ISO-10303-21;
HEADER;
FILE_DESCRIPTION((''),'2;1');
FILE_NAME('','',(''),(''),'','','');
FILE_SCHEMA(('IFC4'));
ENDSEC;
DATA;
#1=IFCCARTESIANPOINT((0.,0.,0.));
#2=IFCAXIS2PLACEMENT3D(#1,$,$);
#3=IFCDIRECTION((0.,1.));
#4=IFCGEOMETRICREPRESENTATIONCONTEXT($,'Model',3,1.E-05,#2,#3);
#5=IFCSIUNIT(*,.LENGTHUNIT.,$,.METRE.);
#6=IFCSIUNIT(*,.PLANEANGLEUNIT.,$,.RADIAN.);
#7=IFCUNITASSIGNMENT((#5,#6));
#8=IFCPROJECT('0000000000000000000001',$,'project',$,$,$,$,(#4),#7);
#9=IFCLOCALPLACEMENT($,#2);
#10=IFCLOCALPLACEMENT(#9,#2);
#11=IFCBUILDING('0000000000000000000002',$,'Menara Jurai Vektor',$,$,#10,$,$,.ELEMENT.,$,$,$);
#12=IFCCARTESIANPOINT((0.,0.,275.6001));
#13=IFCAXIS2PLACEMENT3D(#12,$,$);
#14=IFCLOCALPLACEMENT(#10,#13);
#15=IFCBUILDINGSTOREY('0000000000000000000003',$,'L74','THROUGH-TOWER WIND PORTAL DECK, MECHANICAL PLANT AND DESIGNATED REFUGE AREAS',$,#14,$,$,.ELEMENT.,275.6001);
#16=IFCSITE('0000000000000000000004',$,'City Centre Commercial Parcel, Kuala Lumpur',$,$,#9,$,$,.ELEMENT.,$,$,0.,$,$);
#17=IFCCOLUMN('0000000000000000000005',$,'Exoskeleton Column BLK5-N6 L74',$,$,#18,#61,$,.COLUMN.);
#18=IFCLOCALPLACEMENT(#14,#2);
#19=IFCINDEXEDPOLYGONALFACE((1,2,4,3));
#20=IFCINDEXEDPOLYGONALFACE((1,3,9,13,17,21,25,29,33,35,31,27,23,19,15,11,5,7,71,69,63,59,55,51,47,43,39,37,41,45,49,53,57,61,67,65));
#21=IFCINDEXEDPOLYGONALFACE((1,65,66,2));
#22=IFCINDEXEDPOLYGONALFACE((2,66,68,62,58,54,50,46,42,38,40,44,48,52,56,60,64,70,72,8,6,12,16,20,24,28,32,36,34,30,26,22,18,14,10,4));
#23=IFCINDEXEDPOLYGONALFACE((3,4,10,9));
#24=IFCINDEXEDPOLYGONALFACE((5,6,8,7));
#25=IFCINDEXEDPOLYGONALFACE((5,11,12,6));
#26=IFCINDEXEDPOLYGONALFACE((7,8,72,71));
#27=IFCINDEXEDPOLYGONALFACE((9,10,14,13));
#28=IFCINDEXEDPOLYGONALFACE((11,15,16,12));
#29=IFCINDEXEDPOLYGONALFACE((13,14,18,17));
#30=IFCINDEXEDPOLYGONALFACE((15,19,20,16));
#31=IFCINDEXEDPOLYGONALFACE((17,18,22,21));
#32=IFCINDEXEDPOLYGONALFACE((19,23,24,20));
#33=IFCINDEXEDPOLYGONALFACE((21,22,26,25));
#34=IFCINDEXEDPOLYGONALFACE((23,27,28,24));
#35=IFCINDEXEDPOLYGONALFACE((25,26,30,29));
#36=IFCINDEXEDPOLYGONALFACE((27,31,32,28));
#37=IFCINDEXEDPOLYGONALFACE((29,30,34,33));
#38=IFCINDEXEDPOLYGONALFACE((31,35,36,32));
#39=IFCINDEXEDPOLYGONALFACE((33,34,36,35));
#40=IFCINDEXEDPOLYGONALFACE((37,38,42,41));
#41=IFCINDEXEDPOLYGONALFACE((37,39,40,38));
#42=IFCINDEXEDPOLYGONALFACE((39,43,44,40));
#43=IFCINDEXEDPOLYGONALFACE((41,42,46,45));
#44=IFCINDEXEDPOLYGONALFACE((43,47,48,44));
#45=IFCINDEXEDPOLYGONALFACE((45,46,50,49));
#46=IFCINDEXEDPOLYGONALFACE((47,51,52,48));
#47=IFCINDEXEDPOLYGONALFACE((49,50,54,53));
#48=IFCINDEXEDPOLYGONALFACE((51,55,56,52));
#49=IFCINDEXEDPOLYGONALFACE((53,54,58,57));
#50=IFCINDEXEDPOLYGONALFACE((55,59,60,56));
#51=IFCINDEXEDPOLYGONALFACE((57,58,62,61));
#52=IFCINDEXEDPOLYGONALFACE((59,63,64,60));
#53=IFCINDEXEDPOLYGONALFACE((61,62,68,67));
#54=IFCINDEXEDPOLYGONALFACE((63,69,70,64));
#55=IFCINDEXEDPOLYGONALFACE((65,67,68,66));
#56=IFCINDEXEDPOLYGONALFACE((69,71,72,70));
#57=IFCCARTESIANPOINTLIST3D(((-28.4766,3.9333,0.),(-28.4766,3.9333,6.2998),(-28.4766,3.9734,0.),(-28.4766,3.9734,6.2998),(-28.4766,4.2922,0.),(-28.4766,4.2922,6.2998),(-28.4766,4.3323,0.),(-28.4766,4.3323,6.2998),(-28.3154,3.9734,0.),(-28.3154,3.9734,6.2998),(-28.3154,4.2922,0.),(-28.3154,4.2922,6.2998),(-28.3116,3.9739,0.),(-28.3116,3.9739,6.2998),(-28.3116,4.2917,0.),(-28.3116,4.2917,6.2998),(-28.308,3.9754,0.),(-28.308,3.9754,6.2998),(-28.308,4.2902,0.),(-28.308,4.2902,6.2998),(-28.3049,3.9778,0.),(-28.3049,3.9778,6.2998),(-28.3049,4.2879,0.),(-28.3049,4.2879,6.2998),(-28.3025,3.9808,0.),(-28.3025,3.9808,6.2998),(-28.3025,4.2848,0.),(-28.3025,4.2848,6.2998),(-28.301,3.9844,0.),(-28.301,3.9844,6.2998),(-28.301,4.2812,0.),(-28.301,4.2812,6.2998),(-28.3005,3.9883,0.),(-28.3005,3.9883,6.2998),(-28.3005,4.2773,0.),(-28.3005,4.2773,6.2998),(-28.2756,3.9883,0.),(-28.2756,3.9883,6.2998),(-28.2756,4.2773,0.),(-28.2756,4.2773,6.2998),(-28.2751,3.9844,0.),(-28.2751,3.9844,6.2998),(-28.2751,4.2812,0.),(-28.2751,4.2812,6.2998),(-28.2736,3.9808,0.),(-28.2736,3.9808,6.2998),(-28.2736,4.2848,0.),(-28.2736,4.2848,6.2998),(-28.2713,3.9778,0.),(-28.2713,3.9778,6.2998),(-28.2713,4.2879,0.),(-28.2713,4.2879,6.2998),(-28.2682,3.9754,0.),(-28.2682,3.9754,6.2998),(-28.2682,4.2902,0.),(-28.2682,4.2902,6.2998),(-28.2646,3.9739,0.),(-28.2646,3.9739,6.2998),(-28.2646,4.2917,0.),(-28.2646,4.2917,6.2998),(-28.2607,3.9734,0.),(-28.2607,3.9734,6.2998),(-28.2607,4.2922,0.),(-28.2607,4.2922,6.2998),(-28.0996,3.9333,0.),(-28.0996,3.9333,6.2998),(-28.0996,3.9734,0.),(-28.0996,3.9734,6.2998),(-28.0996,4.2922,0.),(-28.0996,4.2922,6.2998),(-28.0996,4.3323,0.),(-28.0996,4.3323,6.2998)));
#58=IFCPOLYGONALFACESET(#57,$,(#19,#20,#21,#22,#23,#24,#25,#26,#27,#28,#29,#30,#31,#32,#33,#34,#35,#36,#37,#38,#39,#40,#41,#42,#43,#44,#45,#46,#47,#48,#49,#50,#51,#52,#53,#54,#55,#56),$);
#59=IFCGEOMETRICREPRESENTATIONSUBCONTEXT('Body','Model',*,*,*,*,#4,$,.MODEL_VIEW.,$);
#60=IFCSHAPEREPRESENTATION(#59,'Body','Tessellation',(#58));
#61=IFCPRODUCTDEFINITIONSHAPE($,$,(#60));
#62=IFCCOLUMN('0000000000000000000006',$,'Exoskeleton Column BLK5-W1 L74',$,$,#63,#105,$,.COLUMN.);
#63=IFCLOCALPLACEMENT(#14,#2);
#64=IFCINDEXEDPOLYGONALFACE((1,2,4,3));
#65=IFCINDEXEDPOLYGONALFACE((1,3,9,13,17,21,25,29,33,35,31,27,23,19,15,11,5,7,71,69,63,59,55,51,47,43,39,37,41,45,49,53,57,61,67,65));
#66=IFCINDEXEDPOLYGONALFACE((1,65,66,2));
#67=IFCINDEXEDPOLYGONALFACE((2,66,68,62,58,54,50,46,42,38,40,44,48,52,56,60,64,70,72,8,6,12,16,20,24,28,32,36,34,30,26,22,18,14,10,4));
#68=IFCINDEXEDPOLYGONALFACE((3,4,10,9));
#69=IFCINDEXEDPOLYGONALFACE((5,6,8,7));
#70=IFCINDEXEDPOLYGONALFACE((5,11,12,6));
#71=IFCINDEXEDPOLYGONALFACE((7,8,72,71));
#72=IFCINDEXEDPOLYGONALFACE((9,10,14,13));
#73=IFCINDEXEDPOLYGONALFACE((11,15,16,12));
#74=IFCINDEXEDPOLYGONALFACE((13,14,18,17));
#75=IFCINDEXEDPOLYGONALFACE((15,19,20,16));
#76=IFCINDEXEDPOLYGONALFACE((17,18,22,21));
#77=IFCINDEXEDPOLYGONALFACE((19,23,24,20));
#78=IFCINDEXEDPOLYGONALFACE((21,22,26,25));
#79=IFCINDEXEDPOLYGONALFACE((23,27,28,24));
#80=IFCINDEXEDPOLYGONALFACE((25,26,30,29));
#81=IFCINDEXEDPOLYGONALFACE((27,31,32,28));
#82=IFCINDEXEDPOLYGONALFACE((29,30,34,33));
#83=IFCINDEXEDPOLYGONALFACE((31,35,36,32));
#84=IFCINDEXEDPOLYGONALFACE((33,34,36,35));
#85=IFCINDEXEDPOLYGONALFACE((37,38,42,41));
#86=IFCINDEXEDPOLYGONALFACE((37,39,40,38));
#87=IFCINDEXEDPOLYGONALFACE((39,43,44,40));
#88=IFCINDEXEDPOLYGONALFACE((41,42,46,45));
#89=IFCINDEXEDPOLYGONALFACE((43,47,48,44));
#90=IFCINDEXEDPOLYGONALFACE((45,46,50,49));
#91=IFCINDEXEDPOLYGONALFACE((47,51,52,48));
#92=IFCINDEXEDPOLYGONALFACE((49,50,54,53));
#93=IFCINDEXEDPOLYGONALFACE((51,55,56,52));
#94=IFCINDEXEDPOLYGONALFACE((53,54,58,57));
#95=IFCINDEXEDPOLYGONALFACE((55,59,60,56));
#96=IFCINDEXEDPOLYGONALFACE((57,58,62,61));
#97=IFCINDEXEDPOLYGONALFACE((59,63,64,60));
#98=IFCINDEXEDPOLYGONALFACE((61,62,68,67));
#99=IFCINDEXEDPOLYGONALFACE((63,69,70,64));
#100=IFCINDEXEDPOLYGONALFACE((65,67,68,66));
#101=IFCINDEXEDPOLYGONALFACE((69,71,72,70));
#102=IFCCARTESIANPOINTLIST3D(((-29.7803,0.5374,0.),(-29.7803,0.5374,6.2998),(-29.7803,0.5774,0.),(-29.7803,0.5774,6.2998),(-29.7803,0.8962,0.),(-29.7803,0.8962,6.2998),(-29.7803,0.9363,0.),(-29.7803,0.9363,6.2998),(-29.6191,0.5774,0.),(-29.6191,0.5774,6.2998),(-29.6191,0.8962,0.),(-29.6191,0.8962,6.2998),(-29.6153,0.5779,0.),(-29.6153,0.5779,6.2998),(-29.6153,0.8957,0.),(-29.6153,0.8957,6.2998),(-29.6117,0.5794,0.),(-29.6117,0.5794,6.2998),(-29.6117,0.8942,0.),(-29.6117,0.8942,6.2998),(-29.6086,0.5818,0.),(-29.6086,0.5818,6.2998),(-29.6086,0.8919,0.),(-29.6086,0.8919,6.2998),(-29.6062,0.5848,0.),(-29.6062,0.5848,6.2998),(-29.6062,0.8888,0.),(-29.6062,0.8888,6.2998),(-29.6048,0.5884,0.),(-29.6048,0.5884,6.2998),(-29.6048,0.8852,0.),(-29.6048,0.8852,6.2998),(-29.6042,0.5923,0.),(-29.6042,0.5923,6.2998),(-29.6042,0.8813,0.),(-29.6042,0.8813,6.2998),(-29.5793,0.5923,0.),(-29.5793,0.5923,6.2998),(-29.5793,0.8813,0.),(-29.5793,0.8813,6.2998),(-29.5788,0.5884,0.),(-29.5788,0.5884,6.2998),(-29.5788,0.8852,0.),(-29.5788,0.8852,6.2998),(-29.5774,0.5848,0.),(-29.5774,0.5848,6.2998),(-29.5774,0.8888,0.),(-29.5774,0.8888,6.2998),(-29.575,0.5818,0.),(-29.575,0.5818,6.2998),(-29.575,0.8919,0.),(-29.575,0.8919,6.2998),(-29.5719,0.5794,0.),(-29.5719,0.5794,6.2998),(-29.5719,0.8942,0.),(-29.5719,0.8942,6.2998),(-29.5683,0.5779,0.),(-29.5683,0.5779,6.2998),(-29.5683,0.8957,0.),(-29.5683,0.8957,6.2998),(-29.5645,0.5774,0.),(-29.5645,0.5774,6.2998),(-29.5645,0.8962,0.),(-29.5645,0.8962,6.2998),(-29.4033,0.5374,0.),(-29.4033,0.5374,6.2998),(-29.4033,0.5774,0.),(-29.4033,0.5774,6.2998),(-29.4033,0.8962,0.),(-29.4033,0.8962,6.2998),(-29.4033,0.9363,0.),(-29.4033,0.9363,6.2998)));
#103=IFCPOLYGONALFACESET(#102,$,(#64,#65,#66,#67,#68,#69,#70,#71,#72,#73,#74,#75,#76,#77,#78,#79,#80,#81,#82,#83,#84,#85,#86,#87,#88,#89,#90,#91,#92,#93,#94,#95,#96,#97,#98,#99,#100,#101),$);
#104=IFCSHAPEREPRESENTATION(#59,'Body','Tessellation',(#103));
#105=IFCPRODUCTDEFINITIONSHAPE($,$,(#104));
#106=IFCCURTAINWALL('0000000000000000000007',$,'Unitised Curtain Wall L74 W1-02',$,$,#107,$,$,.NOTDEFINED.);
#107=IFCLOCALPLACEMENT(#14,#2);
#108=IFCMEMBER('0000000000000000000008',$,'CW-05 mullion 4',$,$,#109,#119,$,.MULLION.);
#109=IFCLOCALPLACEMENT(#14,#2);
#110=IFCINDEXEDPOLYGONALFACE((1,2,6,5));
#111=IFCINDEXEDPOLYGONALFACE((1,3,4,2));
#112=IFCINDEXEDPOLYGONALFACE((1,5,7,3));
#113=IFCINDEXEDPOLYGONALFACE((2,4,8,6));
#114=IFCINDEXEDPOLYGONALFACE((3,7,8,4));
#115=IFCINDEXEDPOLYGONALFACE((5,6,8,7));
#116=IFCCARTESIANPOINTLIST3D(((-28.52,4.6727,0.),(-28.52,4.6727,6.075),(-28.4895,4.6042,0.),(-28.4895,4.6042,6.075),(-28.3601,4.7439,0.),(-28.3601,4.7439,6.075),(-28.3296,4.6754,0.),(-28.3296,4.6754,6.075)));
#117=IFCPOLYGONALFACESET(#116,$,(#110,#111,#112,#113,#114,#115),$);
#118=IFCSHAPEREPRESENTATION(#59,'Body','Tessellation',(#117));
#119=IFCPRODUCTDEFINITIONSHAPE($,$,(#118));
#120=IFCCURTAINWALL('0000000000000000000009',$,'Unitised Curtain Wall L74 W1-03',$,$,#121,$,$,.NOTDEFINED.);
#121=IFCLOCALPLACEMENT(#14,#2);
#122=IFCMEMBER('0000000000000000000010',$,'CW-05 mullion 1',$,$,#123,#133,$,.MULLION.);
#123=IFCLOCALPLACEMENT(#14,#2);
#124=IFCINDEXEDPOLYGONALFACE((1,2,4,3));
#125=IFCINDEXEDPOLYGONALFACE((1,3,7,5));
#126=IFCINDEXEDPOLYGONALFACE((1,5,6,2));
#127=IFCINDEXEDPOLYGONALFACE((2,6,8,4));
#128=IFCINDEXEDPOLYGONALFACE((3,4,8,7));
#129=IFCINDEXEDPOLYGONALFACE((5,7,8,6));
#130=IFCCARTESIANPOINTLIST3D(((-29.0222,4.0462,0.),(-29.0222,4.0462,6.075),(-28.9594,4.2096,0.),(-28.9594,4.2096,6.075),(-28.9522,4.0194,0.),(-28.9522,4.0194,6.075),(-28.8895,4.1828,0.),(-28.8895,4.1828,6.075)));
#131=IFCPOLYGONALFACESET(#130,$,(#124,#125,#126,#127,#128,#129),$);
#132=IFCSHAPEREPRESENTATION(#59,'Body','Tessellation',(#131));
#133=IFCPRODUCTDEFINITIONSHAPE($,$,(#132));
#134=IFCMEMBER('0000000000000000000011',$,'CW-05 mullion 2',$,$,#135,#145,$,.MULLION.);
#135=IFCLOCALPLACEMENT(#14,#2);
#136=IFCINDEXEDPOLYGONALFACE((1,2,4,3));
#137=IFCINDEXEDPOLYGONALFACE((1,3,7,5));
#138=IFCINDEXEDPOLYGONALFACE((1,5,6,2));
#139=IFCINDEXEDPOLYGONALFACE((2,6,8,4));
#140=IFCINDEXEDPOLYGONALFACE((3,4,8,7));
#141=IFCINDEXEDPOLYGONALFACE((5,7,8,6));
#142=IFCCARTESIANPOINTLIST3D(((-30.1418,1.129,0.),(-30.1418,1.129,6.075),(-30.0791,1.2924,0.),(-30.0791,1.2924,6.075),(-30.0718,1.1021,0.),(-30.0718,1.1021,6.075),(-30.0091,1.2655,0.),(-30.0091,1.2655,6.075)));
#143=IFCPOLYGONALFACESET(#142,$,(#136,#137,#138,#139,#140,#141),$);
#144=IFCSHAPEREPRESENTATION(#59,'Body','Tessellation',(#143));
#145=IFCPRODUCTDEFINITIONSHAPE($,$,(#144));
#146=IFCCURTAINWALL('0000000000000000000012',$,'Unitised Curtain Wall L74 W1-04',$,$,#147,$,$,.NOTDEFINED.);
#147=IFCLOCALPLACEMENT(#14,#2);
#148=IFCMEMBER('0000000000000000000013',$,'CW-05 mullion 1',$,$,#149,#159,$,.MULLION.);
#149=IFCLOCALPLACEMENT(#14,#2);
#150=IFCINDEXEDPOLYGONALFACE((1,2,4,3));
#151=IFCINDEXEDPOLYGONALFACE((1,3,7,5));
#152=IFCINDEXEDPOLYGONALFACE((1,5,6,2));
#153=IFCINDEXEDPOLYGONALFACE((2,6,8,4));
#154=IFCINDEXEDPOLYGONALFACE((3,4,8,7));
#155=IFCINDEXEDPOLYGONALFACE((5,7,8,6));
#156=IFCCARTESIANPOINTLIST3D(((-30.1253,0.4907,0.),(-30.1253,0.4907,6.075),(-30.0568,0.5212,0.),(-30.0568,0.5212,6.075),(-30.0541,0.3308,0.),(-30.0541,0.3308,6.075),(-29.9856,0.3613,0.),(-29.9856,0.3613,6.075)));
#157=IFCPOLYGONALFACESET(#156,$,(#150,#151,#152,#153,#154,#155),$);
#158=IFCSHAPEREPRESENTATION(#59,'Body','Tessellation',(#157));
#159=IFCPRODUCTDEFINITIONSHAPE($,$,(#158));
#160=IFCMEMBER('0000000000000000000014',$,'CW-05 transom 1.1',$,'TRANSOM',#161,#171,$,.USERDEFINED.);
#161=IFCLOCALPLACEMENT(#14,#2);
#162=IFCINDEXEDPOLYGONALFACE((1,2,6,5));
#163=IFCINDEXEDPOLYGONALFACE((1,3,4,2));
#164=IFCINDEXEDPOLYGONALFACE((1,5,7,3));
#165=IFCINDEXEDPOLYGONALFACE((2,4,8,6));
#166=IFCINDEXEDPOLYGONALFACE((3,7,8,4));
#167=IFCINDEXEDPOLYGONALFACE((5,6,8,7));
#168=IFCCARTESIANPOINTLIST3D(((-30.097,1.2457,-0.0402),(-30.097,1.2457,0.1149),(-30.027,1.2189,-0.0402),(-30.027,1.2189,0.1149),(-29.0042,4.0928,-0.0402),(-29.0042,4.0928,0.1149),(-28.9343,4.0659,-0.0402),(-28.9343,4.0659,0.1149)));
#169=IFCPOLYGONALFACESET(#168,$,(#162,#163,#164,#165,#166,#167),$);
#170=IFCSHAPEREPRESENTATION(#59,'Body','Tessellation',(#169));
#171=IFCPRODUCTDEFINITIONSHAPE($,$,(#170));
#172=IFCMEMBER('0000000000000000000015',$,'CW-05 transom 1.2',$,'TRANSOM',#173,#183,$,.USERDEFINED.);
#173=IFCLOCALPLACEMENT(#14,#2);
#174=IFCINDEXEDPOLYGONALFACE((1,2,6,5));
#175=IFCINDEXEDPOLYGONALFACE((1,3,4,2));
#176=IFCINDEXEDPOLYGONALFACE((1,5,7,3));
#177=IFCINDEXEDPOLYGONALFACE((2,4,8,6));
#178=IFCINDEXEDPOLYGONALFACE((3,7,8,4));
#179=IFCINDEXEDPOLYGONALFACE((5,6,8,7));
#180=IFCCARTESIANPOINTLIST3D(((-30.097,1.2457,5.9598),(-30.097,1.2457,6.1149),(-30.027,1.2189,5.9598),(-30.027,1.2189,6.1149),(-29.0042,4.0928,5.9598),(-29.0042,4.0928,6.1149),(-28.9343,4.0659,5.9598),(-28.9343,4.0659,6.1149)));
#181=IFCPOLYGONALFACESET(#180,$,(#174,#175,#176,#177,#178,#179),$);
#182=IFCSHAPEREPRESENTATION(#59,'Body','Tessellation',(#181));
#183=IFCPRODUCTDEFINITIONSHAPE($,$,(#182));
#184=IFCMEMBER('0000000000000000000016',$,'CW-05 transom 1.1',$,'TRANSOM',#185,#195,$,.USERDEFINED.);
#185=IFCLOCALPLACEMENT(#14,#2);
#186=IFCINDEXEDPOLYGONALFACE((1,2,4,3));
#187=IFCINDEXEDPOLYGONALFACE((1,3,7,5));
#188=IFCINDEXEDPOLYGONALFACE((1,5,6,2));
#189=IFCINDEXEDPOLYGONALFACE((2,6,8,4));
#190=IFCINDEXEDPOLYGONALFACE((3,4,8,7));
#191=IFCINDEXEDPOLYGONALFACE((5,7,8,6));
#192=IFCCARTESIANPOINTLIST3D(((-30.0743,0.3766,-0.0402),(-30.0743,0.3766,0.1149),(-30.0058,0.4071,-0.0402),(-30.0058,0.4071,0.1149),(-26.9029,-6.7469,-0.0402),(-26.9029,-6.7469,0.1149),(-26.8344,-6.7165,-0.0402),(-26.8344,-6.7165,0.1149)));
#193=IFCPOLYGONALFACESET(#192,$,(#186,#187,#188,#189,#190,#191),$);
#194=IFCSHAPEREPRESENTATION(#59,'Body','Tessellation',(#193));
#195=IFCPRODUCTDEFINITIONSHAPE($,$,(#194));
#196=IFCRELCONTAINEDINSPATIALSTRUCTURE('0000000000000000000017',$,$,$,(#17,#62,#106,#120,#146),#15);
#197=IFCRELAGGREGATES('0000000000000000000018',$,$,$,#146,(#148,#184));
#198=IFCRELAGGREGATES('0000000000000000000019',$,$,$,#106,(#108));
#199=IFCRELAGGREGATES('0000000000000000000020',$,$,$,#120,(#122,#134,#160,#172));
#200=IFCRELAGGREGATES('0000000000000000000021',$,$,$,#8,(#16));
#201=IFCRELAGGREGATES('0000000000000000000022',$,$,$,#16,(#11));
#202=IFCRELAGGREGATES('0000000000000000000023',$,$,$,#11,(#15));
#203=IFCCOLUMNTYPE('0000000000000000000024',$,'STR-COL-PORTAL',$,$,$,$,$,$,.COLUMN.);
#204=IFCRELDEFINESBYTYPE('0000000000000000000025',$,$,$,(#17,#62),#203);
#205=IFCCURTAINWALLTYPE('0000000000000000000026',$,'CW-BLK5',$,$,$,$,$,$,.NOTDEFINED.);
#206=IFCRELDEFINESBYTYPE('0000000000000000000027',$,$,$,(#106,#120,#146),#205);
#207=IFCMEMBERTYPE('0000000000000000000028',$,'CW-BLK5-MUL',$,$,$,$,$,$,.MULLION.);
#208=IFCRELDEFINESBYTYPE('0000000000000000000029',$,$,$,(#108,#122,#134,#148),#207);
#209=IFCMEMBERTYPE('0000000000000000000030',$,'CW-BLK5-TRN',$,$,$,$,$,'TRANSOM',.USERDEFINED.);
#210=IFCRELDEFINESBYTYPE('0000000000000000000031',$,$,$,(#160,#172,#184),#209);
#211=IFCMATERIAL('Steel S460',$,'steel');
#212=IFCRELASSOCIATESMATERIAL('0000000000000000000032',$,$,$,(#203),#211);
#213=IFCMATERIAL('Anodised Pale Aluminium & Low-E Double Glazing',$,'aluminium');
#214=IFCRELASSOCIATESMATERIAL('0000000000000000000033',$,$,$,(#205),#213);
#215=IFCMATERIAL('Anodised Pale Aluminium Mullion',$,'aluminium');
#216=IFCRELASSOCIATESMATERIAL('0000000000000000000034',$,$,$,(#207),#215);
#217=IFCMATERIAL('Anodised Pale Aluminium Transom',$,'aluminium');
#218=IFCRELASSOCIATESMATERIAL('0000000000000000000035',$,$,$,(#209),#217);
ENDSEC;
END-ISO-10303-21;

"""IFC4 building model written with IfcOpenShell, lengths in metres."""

from ifc_helpers import new_model, si_unit, direction, frame, origin, origin_2d, place, context, subcontext, project, spatial, rectangle, i_section, extrude, material, material_profile, profile_set, type_object, element, aggregate, save


model = new_model("IFC4")

# Units and contexts
model_context = context("Model", 3, precision=1e-05, world=origin(), true_north=direction((0.0, 1.0)))
body_context = subcontext(model_context, "Body", "Model", "MODEL_VIEW")
ifc_project = project(units=[si_unit("LENGTHUNIT", "METRE"), si_unit("PLANEANGLEUNIT", "RADIAN")], contexts=[model_context])

# Site, building, storey
site_placement = place(None, origin())
site = spatial("IfcSite", under=ifc_project, at=site_placement, Name="City Centre Commercial Parcel, Kuala Lumpur", CompositionType="ELEMENT", RefElevation=0.0)
building_placement = place(site_placement, origin())
building = spatial("IfcBuilding", under=site, at=building_placement, Name="Menara Jurai Vektor", CompositionType="ELEMENT")
storey_placement = place(building_placement, frame((0.0, 0.0, 275.6001)))
storey = spatial("IfcBuildingStorey", under=building, at=storey_placement, Name="L74", Description="THROUGH-TOWER WIND PORTAL DECK, MECHANICAL PLANT AND DESIGNATED REFUGE AREAS", CompositionType="ELEMENT", Elevation=275.6001)

# Columns
ifc_material_1 = material(Name="Steel S460", Category="steel")
ifc_material_profile_1 = material_profile(ifc_material_1, i_section(OverallWidth=0.377, OverallDepth=0.3989, WebThickness=0.0249, FlangeThickness=0.04, FilletRadius=0.0149, at=origin_2d()), Name="HD 360x314")
ifc_profile_set_1 = profile_set([ifc_material_profile_1], Name="Steel S460")
column_type = type_object("IfcColumnType", Name="STR-COL-PORTAL", PredefinedType="COLUMN", material=ifc_profile_set_1)
for number, where, z_axis, x_axis, name in (
    (1, (-28.2881, 4.1328, 0.0), (0.0, 0.0, 1.0), (1.0, 0.0, 0.0), "Exoskeleton Column BLK5-N6 L74"),
    (2, (-29.5918, 0.7368, 0.0), (0.0, 0.0, 1.0), (1.0, 0.0, 0.0), "Exoskeleton Column BLK5-W1 L74"),
):
    element("IfcColumn", number, at=place(storey_placement, frame(where, z_axis=z_axis, x_axis=x_axis)), inside=storey, type_object=column_type, Name=name, PredefinedType="COLUMN", context=body_context, shape_type="SweptSolid", body=[
        extrude(i_section(OverallWidth=0.377, OverallDepth=0.3989, WebThickness=0.0249, FlangeThickness=0.04, FilletRadius=0.0149, at=origin_2d()), origin(), (0.0, 0.0, 1.0), 6.2998),
    ])

# Curtain wall, member
ifc_material_2 = material(Name="Anodised Pale Aluminium & Low-E Double Glazing", Category="aluminium")
curtain_wall_type = type_object("IfcCurtainWallType", Name="CW-BLK5", PredefinedType="NOTDEFINED", material=ifc_material_2)
curtain_wall_1_placement = place(storey_placement, origin())
curtain_wall_1 = element("IfcCurtainWall", 3, at=curtain_wall_1_placement, inside=storey, type_object=curtain_wall_type, Name="Unitised Curtain Wall L74 W1-02", PredefinedType="NOTDEFINED")
ifc_material_3 = material(Name="Anodised Pale Aluminium Mullion", Category="aluminium")
ifc_material_profile_2 = material_profile(ifc_material_3, rectangle(XDim=0.075, YDim=0.175, at=origin_2d()), Name="ALU MUL 75x175")
ifc_profile_set_2 = profile_set([ifc_material_profile_2], Name="Anodised Pale Aluminium Mullion")
member_type_1 = type_object("IfcMemberType", Name="CW-BLK5-MUL", PredefinedType="MULLION", material=ifc_profile_set_2)
member_1_placement = place(storey_placement, frame((-28.4248, 4.6741, 0.0), z_axis=(0.0, 0.0, 1.0), x_axis=(0.406736, -0.913546, 0.0)))
member_1 = element("IfcMember", 4, at=member_1_placement, type_object=member_type_1, Name="CW-05 mullion 4", PredefinedType="MULLION", context=body_context, shape_type="SweptSolid", body=[
    extrude(rectangle(XDim=0.075, YDim=0.175, at=origin_2d()), origin(), (0.0, 0.0, 1.0), 6.075),
])

# Curtain wall, members
curtain_wall_2_placement = place(storey_placement, origin())
curtain_wall_2 = element("IfcCurtainWall", 5, at=curtain_wall_2_placement, inside=storey, type_object=curtain_wall_type, Name="Unitised Curtain Wall L74 W1-03", PredefinedType="NOTDEFINED")
member_2_placement = place(storey_placement, frame((-28.9558, 4.1145, 0.0), z_axis=(0.0, 0.0, 1.0), x_axis=(0.933578, -0.358374, 0.0)))
member_2 = element("IfcMember", 6, at=member_2_placement, type_object=member_type_1, Name="CW-05 mullion 1", PredefinedType="MULLION", context=body_context, shape_type="SweptSolid", body=[
    extrude(rectangle(XDim=0.075, YDim=0.175, at=origin_2d()), origin(), (0.0, 0.0, 1.0), 6.075),
])
member_3_placement = place(storey_placement, frame((-30.0754, 1.1973, 0.0), z_axis=(0.0, 0.0, 1.0), x_axis=(0.933578, -0.358374, 0.0)))
member_3 = element("IfcMember", 7, at=member_3_placement, type_object=member_type_1, Name="CW-05 mullion 2", PredefinedType="MULLION", context=body_context, shape_type="SweptSolid", body=[
    extrude(rectangle(XDim=0.075, YDim=0.175, at=origin_2d()), origin(), (0.0, 0.0, 1.0), 6.075),
])

# Curtain wall, member
curtain_wall_3_placement = place(storey_placement, origin())
curtain_wall_3 = element("IfcCurtainWall", 8, at=curtain_wall_3_placement, inside=storey, type_object=curtain_wall_type, Name="Unitised Curtain Wall L74 W1-04", PredefinedType="NOTDEFINED")
member_4_placement = place(storey_placement, frame((-30.0554, 0.426, 0.0), z_axis=(0.0, 0.0, 1.0), x_axis=(0.913546, 0.406735, 0.0)))
member_4 = element("IfcMember", 9, at=member_4_placement, type_object=member_type_1, Name="CW-05 mullion 1", PredefinedType="MULLION", context=body_context, shape_type="SweptSolid", body=[
    extrude(rectangle(XDim=0.075, YDim=0.175, at=origin_2d()), origin(), (0.0, 0.0, 1.0), 6.075),
])

# Members
ifc_material_4 = material(Name="Anodised Pale Aluminium Transom", Category="aluminium")
ifc_material_profile_3 = material_profile(ifc_material_4, rectangle(XDim=0.075, YDim=0.155, at=origin_2d()), Name="ALU TRN 75x155")
ifc_profile_set_3 = profile_set([ifc_material_profile_3], Name="Anodised Pale Aluminium Transom")
member_type_2 = type_object("IfcMemberType", Name="CW-BLK5-TRN", ElementType="TRANSOM", PredefinedType="USERDEFINED", material=ifc_profile_set_3)
member_5_placement = place(storey_placement, frame((-28.9692, 4.0793, 0.0374), z_axis=(-0.358325, -0.933597, 0.0), x_axis=(0.933597, -0.358325, 0.0)))
member_5 = element("IfcMember", 10, at=member_5_placement, type_object=member_type_2, Name="CW-05 transom 1.1", ObjectType="TRANSOM", PredefinedType="USERDEFINED", context=body_context, shape_type="SweptSolid", body=[
    extrude(rectangle(XDim=0.075, YDim=0.155, at=origin_2d()), origin(), (0.0, 0.0, 1.0), 3.0496),
])
member_6_placement = place(storey_placement, frame((-28.9692, 4.0793, 6.0374), z_axis=(-0.358325, -0.933597, 0.0), x_axis=(0.933597, -0.358325, 0.0)))
member_6 = element("IfcMember", 11, at=member_6_placement, type_object=member_type_2, Name="CW-05 transom 1.2", ObjectType="TRANSOM", PredefinedType="USERDEFINED", context=body_context, shape_type="SweptSolid", body=[
    extrude(rectangle(XDim=0.075, YDim=0.155, at=origin_2d()), origin(), (0.0, 0.0, 1.0), 3.0496),
])
member_7_placement = place(storey_placement, frame((-30.04, 0.3918, 0.0374), z_axis=(0.406714, -0.913556, 0.0), x_axis=(0.913556, 0.406714, 0.0)))
member_7 = element("IfcMember", 12, at=member_7_placement, type_object=member_type_2, Name="CW-05 transom 1.1", ObjectType="TRANSOM", PredefinedType="USERDEFINED", context=body_context, shape_type="SweptSolid", body=[
    extrude(rectangle(XDim=0.075, YDim=0.155, at=origin_2d()), origin(), (0.0, 0.0, 1.0), 7.7976),
])
aggregate(curtain_wall_3, [member_4, member_7])

aggregate(curtain_wall_1, [member_1])
aggregate(curtain_wall_2, [member_2, member_3, member_5, member_6])

save(model, "model.ifc")
